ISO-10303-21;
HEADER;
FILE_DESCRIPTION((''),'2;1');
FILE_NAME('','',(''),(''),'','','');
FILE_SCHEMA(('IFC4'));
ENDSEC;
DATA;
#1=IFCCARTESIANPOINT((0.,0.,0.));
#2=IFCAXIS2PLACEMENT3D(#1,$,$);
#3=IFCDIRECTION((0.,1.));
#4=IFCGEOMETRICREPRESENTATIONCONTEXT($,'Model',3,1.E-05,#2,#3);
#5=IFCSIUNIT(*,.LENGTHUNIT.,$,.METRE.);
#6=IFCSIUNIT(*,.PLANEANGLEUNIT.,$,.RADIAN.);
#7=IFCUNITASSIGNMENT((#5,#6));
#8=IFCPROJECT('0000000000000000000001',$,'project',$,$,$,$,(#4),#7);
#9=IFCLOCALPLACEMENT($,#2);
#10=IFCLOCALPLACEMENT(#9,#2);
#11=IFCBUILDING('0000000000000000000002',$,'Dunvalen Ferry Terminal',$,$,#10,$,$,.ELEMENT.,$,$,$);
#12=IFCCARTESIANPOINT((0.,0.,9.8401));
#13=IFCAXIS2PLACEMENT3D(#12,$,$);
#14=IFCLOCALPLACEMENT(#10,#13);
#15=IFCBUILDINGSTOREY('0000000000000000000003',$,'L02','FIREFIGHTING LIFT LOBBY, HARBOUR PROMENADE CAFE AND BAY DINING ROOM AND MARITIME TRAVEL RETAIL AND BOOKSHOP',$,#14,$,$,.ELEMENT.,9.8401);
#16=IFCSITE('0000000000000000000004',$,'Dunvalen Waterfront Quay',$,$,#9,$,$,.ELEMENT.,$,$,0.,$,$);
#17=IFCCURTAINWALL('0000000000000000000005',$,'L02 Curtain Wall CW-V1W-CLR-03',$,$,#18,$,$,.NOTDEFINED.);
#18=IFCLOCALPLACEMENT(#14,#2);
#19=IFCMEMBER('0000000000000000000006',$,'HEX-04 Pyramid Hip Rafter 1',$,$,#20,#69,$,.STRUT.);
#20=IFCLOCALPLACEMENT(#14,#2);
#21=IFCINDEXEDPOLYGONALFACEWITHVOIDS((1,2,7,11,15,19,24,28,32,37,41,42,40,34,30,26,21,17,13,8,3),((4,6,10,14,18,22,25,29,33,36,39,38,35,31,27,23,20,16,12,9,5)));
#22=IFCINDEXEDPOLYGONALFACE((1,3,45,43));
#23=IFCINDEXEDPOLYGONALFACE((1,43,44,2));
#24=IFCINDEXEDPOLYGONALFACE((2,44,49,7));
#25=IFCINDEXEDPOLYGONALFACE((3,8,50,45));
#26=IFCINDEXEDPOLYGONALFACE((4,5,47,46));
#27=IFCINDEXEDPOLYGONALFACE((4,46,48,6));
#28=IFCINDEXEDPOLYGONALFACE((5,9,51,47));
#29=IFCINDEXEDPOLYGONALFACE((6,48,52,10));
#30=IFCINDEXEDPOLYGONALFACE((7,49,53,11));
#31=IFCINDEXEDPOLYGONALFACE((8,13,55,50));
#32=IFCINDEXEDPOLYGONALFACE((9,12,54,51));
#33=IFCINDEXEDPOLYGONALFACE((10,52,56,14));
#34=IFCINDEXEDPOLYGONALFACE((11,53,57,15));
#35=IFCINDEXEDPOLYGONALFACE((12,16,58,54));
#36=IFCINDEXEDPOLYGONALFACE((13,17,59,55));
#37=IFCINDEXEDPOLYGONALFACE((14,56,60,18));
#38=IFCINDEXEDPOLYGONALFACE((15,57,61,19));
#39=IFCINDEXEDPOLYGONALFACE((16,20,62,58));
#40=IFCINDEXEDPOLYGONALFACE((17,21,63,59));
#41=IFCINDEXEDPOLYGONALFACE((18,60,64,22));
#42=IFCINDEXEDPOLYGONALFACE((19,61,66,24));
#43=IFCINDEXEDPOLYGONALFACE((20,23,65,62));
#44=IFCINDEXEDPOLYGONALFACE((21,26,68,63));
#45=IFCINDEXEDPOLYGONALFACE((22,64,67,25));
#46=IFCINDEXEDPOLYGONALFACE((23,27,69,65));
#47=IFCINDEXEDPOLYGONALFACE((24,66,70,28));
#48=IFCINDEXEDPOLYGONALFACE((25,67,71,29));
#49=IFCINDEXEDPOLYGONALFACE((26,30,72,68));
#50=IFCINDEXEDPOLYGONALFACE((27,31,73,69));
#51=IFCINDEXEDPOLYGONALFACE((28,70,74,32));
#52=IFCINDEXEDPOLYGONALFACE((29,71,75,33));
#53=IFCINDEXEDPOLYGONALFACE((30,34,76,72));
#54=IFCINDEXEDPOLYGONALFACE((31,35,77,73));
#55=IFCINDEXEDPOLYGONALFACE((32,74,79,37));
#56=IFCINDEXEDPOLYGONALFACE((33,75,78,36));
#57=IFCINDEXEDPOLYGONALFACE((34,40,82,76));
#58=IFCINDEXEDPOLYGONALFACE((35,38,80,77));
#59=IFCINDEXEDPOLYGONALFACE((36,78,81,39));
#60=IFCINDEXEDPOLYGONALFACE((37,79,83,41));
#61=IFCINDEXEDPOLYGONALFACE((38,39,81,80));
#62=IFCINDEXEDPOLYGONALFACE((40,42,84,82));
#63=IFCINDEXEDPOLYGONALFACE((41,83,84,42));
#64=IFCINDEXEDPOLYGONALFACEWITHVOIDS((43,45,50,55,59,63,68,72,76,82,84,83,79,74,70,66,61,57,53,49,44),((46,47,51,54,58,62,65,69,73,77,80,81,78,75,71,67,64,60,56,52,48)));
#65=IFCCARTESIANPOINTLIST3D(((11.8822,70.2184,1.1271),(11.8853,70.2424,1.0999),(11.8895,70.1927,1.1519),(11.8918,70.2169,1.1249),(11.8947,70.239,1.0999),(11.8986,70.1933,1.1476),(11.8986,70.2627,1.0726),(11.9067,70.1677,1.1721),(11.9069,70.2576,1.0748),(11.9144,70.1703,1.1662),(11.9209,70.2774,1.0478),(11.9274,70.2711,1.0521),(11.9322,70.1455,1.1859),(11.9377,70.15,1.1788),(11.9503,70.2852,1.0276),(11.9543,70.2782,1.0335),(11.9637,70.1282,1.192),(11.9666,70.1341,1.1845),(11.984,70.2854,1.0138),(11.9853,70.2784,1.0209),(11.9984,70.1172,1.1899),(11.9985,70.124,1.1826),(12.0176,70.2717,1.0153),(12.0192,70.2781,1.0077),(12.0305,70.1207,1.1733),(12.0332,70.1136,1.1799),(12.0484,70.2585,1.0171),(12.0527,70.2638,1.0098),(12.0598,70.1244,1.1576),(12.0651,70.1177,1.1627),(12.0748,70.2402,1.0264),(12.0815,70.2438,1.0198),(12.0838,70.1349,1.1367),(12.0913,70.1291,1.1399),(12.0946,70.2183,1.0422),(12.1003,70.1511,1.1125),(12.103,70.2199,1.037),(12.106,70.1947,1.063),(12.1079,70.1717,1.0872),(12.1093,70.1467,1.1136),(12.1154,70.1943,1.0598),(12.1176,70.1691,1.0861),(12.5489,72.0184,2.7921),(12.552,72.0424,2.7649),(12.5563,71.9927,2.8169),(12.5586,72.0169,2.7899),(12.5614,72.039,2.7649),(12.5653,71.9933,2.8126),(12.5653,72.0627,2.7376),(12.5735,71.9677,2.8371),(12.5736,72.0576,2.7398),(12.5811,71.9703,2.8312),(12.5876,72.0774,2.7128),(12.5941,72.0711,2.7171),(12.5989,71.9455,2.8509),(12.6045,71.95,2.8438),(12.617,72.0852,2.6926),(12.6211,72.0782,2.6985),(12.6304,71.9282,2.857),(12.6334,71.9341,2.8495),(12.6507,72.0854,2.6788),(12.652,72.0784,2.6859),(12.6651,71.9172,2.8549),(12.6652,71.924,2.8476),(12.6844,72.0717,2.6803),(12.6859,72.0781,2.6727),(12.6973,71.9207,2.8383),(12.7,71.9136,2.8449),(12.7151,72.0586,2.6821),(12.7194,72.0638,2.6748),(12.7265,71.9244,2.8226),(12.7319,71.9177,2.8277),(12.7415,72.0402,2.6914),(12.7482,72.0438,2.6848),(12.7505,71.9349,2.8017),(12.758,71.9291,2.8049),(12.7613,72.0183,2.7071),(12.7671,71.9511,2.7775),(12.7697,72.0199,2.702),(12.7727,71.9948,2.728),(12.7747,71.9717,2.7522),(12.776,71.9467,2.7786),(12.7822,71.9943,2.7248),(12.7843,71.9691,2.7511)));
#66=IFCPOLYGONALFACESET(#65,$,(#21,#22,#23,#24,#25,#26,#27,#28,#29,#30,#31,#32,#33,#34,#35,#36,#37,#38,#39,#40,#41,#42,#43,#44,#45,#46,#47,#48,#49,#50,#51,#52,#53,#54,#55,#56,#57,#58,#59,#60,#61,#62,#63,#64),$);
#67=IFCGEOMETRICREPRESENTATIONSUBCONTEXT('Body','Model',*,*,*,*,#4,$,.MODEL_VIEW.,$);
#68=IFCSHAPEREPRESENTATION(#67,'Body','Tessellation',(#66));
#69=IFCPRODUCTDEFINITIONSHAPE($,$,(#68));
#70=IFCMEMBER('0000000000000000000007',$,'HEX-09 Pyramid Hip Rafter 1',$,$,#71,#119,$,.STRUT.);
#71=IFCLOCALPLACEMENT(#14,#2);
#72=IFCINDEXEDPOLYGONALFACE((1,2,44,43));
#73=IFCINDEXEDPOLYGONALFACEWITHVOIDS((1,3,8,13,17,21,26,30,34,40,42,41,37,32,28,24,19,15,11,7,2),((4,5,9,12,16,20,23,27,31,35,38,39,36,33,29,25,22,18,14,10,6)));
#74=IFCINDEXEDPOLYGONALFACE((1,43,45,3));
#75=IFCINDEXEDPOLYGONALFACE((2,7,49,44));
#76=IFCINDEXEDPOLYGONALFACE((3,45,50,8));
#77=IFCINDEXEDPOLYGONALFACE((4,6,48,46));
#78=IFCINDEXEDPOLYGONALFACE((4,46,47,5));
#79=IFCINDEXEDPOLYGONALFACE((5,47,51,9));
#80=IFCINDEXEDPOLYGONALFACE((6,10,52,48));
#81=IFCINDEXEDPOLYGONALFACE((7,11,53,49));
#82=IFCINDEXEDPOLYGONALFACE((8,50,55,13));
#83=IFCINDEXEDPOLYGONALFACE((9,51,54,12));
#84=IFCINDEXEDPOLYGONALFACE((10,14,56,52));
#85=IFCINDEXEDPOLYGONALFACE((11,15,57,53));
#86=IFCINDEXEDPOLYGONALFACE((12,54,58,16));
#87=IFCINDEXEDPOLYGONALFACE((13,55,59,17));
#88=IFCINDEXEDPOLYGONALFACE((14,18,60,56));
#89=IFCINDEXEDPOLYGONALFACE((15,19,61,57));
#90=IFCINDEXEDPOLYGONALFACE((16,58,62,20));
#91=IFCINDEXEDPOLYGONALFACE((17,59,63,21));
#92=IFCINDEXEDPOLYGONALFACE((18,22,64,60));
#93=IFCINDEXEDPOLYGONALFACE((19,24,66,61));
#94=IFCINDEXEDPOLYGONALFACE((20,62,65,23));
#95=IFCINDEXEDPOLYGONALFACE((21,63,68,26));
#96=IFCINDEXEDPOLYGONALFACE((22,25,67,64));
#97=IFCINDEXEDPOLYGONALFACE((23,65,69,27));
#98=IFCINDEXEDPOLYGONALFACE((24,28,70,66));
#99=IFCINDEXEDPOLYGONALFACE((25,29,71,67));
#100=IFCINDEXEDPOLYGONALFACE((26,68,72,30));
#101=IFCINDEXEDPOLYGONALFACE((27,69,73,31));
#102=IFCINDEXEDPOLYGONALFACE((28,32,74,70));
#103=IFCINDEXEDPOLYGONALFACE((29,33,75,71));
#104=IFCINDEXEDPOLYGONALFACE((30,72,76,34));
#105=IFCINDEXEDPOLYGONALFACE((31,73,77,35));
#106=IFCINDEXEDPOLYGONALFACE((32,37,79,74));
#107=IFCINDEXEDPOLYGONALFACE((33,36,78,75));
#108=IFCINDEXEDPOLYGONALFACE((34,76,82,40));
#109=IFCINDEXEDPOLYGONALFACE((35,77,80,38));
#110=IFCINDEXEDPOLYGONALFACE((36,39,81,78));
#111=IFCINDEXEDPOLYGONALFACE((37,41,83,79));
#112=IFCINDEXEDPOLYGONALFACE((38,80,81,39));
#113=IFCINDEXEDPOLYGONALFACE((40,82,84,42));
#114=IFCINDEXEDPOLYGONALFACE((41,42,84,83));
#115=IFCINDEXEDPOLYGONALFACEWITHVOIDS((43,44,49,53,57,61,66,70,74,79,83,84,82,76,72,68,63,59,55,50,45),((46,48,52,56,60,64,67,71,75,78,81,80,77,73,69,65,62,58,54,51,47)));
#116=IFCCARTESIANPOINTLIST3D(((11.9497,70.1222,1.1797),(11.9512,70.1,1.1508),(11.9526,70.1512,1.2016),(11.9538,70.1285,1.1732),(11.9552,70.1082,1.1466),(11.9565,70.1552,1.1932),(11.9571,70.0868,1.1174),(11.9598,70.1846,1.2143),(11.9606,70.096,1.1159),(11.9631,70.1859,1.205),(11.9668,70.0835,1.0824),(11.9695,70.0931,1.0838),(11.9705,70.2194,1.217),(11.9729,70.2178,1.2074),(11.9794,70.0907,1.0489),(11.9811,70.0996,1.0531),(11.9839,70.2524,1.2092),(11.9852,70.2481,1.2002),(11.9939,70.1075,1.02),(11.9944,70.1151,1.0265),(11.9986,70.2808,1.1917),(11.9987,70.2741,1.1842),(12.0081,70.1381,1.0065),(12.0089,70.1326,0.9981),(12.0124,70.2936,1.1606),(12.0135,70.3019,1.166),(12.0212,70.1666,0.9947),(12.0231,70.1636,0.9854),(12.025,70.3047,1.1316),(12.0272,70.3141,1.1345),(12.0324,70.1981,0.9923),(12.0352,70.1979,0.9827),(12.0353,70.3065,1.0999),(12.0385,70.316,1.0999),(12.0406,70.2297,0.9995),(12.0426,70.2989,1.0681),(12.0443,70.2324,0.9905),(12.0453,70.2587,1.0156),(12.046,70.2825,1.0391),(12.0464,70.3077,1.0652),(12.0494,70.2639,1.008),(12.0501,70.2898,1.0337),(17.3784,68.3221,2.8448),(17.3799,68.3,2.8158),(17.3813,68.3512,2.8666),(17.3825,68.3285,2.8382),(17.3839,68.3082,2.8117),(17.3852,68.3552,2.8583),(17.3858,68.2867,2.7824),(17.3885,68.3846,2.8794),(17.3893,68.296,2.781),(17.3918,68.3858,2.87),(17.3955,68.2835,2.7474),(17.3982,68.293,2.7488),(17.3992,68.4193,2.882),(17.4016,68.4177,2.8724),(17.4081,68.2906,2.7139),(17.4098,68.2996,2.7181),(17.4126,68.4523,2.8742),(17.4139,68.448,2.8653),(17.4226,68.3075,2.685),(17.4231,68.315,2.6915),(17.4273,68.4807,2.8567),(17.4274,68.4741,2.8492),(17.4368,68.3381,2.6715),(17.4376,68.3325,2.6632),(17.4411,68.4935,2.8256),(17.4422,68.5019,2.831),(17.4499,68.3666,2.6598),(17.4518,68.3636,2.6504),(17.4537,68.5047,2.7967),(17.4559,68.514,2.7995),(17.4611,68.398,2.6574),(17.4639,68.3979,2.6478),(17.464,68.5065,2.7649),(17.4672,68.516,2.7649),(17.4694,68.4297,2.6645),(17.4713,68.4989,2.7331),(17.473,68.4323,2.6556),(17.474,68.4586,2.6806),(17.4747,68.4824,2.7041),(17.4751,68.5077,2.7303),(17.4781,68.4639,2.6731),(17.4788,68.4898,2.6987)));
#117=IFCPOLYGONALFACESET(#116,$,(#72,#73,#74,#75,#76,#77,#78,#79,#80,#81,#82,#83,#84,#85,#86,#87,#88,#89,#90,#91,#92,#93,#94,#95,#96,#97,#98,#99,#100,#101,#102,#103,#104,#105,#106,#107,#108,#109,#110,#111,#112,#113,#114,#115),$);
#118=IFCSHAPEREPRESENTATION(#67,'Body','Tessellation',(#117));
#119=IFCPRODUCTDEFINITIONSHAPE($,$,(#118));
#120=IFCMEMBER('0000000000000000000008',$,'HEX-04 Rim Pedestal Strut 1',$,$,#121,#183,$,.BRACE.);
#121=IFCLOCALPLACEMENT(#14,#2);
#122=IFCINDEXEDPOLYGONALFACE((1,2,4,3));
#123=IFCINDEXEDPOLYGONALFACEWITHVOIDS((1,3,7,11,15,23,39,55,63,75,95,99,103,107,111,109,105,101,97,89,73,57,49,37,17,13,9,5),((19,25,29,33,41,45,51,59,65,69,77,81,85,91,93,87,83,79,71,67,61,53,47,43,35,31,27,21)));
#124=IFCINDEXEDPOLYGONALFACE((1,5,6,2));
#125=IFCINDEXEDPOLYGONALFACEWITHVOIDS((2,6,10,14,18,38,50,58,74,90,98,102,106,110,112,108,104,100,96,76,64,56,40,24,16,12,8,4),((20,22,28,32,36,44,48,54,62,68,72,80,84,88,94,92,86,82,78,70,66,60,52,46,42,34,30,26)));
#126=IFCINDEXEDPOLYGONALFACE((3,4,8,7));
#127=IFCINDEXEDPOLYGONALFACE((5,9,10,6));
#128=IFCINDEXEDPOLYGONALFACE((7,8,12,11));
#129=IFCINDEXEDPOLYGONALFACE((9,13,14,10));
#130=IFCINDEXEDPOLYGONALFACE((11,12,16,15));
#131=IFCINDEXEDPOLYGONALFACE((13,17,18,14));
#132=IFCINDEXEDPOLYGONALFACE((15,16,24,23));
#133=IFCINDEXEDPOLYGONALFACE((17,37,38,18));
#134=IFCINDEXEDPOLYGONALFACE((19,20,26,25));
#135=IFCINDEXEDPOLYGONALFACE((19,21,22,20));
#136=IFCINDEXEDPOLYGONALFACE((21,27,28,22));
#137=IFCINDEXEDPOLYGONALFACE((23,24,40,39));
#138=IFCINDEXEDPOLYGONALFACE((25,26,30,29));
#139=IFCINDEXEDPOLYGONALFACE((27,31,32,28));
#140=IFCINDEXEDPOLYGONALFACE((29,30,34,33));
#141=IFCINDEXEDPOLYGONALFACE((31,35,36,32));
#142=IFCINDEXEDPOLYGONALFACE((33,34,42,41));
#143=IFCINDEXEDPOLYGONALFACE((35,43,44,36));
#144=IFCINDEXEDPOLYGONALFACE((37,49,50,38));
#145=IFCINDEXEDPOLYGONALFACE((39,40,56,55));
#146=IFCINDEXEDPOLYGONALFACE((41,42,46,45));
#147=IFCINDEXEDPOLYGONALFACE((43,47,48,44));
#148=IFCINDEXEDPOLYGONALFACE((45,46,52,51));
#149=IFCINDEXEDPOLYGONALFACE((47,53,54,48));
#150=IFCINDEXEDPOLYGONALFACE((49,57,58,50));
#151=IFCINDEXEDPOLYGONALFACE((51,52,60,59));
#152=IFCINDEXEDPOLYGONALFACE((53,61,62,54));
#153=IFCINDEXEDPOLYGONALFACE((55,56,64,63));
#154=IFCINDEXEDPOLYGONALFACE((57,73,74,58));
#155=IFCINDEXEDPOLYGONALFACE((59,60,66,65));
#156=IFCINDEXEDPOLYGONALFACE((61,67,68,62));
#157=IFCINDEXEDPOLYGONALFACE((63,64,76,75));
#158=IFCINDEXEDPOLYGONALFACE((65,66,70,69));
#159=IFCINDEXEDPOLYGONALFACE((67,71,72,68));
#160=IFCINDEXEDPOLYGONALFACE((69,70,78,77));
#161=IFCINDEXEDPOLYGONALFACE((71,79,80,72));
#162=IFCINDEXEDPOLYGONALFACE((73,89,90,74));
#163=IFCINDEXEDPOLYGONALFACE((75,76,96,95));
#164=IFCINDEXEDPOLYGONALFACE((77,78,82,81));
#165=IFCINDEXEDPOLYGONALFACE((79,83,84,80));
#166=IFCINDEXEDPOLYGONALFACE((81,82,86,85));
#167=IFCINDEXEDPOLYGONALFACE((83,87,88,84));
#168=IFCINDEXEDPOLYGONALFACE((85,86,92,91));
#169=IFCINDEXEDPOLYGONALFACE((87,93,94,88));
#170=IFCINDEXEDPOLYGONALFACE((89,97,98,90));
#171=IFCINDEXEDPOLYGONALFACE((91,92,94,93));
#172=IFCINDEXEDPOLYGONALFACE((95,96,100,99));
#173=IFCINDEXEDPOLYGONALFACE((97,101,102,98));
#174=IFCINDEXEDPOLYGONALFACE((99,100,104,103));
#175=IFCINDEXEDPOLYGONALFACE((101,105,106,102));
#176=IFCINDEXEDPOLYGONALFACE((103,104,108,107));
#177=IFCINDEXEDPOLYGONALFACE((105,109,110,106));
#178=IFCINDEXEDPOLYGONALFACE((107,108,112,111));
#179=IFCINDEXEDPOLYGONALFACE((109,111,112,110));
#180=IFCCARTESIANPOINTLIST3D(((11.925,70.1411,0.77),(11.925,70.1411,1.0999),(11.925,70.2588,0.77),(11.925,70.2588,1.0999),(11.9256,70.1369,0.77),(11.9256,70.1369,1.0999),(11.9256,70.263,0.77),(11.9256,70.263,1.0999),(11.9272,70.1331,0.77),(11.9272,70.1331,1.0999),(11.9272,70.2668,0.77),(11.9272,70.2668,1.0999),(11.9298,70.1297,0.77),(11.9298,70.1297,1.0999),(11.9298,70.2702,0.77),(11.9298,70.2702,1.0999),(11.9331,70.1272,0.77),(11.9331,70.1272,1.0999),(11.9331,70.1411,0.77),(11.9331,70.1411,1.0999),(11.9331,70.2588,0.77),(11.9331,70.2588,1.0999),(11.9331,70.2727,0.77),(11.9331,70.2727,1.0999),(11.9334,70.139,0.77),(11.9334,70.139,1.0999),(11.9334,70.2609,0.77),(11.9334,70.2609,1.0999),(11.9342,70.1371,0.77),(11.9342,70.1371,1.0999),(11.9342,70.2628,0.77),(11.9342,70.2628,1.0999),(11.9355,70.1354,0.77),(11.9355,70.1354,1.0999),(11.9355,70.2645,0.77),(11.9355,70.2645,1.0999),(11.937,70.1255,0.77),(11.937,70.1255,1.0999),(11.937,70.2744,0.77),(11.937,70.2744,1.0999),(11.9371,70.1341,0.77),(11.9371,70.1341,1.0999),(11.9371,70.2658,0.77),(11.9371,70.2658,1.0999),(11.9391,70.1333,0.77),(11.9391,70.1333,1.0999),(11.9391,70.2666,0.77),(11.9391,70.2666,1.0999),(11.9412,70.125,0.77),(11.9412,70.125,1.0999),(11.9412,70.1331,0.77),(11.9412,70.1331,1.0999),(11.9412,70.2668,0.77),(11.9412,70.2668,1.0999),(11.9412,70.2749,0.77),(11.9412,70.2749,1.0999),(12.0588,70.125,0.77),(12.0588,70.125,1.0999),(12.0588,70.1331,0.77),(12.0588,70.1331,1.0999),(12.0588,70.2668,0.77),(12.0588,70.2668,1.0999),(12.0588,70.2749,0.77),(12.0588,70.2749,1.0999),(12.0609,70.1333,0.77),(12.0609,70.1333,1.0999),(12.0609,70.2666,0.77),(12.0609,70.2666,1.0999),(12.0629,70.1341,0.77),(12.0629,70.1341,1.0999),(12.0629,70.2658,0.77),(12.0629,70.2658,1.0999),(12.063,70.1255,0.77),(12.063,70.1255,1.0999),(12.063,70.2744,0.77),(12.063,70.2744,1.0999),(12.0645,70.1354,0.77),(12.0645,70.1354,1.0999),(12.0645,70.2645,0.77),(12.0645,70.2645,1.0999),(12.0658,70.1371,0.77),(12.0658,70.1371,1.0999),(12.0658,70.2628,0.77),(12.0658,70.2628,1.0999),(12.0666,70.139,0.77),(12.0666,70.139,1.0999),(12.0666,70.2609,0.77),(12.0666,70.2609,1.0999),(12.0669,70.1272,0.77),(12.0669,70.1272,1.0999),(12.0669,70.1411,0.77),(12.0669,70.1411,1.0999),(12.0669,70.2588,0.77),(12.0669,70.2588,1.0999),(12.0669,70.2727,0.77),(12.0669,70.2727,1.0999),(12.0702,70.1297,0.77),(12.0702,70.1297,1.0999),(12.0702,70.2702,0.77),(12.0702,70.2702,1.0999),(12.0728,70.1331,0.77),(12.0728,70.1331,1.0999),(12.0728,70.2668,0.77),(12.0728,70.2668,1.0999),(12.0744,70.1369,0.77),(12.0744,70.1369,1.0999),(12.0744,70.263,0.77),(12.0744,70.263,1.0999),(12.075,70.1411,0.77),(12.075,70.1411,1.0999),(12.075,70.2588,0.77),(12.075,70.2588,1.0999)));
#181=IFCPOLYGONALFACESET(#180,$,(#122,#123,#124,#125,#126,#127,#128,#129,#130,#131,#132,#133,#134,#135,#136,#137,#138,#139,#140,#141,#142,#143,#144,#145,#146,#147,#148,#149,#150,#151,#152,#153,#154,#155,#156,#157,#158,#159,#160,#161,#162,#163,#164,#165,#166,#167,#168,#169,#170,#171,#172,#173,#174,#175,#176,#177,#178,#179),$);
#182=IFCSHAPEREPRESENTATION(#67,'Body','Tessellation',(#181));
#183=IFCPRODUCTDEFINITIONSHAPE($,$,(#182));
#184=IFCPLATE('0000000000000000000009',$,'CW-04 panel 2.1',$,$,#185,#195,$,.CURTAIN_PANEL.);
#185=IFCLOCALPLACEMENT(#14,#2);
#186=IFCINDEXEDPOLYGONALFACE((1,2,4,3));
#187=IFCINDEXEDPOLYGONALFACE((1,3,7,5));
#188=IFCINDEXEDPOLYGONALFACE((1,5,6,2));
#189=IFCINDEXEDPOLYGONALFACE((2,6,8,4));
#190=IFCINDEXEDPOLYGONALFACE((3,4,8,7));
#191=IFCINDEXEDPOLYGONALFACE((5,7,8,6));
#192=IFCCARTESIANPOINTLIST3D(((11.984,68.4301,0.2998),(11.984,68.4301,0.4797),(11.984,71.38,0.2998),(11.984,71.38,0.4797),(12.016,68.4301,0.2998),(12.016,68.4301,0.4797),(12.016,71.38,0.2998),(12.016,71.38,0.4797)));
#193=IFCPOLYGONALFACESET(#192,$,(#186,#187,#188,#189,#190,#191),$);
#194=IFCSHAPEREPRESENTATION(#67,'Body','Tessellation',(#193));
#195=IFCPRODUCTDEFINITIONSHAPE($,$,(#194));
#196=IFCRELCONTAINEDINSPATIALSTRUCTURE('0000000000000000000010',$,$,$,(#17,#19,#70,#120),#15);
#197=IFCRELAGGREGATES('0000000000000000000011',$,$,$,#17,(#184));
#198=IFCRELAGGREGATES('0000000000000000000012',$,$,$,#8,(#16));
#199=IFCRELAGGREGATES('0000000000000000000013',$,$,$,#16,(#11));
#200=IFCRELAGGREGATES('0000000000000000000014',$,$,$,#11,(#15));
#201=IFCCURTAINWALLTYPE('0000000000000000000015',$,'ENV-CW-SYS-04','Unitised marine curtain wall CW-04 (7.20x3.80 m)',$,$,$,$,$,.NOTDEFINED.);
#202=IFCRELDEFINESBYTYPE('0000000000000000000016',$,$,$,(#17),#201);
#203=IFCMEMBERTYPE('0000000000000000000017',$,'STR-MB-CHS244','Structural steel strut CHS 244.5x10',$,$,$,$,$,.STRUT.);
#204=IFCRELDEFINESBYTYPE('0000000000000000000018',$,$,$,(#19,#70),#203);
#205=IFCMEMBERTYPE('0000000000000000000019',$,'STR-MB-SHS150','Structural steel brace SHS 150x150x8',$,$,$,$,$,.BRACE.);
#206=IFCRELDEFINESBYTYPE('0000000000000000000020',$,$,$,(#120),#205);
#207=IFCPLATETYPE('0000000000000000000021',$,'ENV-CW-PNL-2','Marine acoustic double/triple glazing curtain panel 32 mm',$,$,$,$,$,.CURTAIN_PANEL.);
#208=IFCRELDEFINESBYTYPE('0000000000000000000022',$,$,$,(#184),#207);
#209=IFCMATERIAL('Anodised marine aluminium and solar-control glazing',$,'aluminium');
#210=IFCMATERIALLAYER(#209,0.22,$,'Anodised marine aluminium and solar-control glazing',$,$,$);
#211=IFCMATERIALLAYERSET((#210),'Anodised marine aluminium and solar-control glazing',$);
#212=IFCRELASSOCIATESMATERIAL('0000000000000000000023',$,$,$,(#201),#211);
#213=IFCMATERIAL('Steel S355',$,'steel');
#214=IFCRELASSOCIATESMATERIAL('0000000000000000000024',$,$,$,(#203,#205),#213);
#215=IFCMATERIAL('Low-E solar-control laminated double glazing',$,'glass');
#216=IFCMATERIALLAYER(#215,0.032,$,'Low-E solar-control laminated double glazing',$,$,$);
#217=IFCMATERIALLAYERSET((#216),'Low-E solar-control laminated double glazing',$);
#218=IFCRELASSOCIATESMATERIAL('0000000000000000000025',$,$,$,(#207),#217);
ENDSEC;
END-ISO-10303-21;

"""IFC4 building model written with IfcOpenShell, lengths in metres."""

from ifc_helpers import new_model, si_unit, direction, frame, origin, origin_2d, place, context, subcontext, project, spatial, rectangle, hollow_rectangle, hollow_circle, extrude, material, layer, layer_set, material_profile, profile_set, type_object, element, aggregate, save


model = new_model("IFC4")

# Units and contexts
model_context = context("Model", 3, precision=1e-05, world=origin(), true_north=direction((0.0, 1.0)))
body_context = subcontext(model_context, "Body", "Model", "MODEL_VIEW")
ifc_project = project(units=[si_unit("LENGTHUNIT", "METRE"), si_unit("PLANEANGLEUNIT", "RADIAN")], contexts=[model_context])

# Site, building, storey
site_placement = place(None, origin())
site = spatial("IfcSite", under=ifc_project, at=site_placement, Name="Dunvalen Waterfront Quay", CompositionType="ELEMENT", RefElevation=0.0)
building_placement = place(site_placement, origin())
building = spatial("IfcBuilding", under=site, at=building_placement, Name="Dunvalen Ferry Terminal", CompositionType="ELEMENT")
storey_placement = place(building_placement, frame((0.0, 0.0, 9.8401)))
storey = spatial("IfcBuildingStorey", under=building, at=storey_placement, Name="L02", Description="FIREFIGHTING LIFT LOBBY, HARBOUR PROMENADE CAFE AND BAY DINING ROOM AND MARITIME TRAVEL RETAIL AND BOOKSHOP", CompositionType="ELEMENT", Elevation=9.8401)

# Curtain wall
ifc_material_1 = material(Name="Anodised marine aluminium and solar-control glazing", Category="aluminium")
ifc_layer_1 = layer(ifc_material_1, 0.22, Name="Anodised marine aluminium and solar-control glazing")
ifc_layer_set_1 = layer_set([ifc_layer_1], Name="Anodised marine aluminium and solar-control glazing")
curtain_wall_type = type_object("IfcCurtainWallType", Name="ENV-CW-SYS-04", Description="Unitised marine curtain wall CW-04 (7.20x3.80 m)", PredefinedType="NOTDEFINED", material=ifc_layer_set_1)
curtain_wall_1_placement = place(storey_placement, origin())
curtain_wall_1 = element("IfcCurtainWall", 1, at=curtain_wall_1_placement, inside=storey, type_object=curtain_wall_type, Name="L02 Curtain Wall CW-V1W-CLR-03", PredefinedType="NOTDEFINED")

# Shared definitions
ifc_material_2 = material(Name="Steel S355", Category="steel")

# Members
ifc_material_profile_1 = material_profile(ifc_material_2, hollow_circle(Radius=0.1223, WallThickness=0.01, at=origin_2d()), Name="Steel S355")
ifc_profile_set_1 = profile_set([ifc_material_profile_1], Name="Steel S355")
member_type_1 = type_object("IfcMemberType", Name="STR-MB-CHS244", Description="Structural steel strut CHS 244.5x10", PredefinedType="STRUT", material=ifc_profile_set_1)
member_1_placement = place(storey_placement, frame((12.0, 70.2, 1.0999), z_axis=(0.262388, 0.70838, 0.655249), x_axis=(-0.937738, 0.347343, 0.0)))
element("IfcMember", 2, at=member_1_placement, inside=storey, type_object=member_type_1, Name="HEX-04 Pyramid Hip Rafter 1", PredefinedType="STRUT", context=body_context, shape_type="SweptSolid", body=[
    extrude(hollow_circle(Radius=0.1223, WallThickness=0.01, at=origin_2d()), origin(), (0.0, 0.0, 1.0), 2.541),
])
member_2_placement = place(storey_placement, frame((12.0, 70.2, 1.0999), z_axis=(0.911347, -0.302184, 0.279519), x_axis=(0.314729, 0.949182, 0.0)))
element("IfcMember", 3, at=member_2_placement, inside=storey, type_object=member_type_1, Name="HEX-09 Pyramid Hip Rafter 1", PredefinedType="STRUT", context=body_context, shape_type="SweptSolid", body=[
    extrude(hollow_circle(Radius=0.1223, WallThickness=0.01, at=origin_2d()), origin(), (0.0, 0.0, 1.0), 5.9568),
])
ifc_material_profile_2 = material_profile(ifc_material_2, hollow_rectangle(XDim=0.1499, YDim=0.1499, WallThickness=0.0081, InnerFilletRadius=0.0081, OuterFilletRadius=0.0161, at=origin_2d()), Name="Steel S355")
ifc_profile_set_2 = profile_set([ifc_material_profile_2], Name="Steel S355")
member_type_2 = type_object("IfcMemberType", Name="STR-MB-SHS150", Description="Structural steel brace SHS 150x150x8", PredefinedType="BRACE", material=ifc_profile_set_2)
member_3_placement = place(storey_placement, frame((12.0, 70.2, 0.77), z_axis=(0.0, 0.0, 1.0), x_axis=(1.0, 0.0, 0.0)))
element("IfcMember", 4, at=member_3_placement, inside=storey, type_object=member_type_2, Name="HEX-04 Rim Pedestal Strut 1", PredefinedType="BRACE", context=body_context, shape_type="SweptSolid", body=[
    extrude(hollow_rectangle(XDim=0.1499, YDim=0.1499, WallThickness=0.0081, InnerFilletRadius=0.0081, OuterFilletRadius=0.0161, at=origin_2d()), origin(), (0.0, 0.0, 1.0), 0.3298),
])

# Plate
ifc_material_3 = material(Name="Low-E solar-control laminated double glazing", Category="glass")
ifc_layer_2 = layer(ifc_material_3, 0.032, Name="Low-E solar-control laminated double glazing")
ifc_layer_set_2 = layer_set([ifc_layer_2], Name="Low-E solar-control laminated double glazing")
plate_type_1 = type_object("IfcPlateType", Name="ENV-CW-PNL-2", Description="Marine acoustic double/triple glazing curtain panel 32 mm", PredefinedType="CURTAIN_PANEL", material=ifc_layer_set_2)
plate_1_placement = place(storey_placement, frame((12.0, 69.905, 0.2998), z_axis=(0.0, 0.0, 1.0), x_axis=(0.0, 1.0, 0.0)))
plate_1 = element("IfcPlate", 5, at=plate_1_placement, type_object=plate_type_1, Name="CW-04 panel 2.1", PredefinedType="CURTAIN_PANEL", context=body_context, shape_type="SweptSolid", body=[
    extrude(rectangle(XDim=2.95, YDim=0.032, at=origin_2d()), origin(), (0.0, 0.0, 1.0), 0.1799),
])
aggregate(curtain_wall_1, [plate_1])

save(model, "model.ifc")
